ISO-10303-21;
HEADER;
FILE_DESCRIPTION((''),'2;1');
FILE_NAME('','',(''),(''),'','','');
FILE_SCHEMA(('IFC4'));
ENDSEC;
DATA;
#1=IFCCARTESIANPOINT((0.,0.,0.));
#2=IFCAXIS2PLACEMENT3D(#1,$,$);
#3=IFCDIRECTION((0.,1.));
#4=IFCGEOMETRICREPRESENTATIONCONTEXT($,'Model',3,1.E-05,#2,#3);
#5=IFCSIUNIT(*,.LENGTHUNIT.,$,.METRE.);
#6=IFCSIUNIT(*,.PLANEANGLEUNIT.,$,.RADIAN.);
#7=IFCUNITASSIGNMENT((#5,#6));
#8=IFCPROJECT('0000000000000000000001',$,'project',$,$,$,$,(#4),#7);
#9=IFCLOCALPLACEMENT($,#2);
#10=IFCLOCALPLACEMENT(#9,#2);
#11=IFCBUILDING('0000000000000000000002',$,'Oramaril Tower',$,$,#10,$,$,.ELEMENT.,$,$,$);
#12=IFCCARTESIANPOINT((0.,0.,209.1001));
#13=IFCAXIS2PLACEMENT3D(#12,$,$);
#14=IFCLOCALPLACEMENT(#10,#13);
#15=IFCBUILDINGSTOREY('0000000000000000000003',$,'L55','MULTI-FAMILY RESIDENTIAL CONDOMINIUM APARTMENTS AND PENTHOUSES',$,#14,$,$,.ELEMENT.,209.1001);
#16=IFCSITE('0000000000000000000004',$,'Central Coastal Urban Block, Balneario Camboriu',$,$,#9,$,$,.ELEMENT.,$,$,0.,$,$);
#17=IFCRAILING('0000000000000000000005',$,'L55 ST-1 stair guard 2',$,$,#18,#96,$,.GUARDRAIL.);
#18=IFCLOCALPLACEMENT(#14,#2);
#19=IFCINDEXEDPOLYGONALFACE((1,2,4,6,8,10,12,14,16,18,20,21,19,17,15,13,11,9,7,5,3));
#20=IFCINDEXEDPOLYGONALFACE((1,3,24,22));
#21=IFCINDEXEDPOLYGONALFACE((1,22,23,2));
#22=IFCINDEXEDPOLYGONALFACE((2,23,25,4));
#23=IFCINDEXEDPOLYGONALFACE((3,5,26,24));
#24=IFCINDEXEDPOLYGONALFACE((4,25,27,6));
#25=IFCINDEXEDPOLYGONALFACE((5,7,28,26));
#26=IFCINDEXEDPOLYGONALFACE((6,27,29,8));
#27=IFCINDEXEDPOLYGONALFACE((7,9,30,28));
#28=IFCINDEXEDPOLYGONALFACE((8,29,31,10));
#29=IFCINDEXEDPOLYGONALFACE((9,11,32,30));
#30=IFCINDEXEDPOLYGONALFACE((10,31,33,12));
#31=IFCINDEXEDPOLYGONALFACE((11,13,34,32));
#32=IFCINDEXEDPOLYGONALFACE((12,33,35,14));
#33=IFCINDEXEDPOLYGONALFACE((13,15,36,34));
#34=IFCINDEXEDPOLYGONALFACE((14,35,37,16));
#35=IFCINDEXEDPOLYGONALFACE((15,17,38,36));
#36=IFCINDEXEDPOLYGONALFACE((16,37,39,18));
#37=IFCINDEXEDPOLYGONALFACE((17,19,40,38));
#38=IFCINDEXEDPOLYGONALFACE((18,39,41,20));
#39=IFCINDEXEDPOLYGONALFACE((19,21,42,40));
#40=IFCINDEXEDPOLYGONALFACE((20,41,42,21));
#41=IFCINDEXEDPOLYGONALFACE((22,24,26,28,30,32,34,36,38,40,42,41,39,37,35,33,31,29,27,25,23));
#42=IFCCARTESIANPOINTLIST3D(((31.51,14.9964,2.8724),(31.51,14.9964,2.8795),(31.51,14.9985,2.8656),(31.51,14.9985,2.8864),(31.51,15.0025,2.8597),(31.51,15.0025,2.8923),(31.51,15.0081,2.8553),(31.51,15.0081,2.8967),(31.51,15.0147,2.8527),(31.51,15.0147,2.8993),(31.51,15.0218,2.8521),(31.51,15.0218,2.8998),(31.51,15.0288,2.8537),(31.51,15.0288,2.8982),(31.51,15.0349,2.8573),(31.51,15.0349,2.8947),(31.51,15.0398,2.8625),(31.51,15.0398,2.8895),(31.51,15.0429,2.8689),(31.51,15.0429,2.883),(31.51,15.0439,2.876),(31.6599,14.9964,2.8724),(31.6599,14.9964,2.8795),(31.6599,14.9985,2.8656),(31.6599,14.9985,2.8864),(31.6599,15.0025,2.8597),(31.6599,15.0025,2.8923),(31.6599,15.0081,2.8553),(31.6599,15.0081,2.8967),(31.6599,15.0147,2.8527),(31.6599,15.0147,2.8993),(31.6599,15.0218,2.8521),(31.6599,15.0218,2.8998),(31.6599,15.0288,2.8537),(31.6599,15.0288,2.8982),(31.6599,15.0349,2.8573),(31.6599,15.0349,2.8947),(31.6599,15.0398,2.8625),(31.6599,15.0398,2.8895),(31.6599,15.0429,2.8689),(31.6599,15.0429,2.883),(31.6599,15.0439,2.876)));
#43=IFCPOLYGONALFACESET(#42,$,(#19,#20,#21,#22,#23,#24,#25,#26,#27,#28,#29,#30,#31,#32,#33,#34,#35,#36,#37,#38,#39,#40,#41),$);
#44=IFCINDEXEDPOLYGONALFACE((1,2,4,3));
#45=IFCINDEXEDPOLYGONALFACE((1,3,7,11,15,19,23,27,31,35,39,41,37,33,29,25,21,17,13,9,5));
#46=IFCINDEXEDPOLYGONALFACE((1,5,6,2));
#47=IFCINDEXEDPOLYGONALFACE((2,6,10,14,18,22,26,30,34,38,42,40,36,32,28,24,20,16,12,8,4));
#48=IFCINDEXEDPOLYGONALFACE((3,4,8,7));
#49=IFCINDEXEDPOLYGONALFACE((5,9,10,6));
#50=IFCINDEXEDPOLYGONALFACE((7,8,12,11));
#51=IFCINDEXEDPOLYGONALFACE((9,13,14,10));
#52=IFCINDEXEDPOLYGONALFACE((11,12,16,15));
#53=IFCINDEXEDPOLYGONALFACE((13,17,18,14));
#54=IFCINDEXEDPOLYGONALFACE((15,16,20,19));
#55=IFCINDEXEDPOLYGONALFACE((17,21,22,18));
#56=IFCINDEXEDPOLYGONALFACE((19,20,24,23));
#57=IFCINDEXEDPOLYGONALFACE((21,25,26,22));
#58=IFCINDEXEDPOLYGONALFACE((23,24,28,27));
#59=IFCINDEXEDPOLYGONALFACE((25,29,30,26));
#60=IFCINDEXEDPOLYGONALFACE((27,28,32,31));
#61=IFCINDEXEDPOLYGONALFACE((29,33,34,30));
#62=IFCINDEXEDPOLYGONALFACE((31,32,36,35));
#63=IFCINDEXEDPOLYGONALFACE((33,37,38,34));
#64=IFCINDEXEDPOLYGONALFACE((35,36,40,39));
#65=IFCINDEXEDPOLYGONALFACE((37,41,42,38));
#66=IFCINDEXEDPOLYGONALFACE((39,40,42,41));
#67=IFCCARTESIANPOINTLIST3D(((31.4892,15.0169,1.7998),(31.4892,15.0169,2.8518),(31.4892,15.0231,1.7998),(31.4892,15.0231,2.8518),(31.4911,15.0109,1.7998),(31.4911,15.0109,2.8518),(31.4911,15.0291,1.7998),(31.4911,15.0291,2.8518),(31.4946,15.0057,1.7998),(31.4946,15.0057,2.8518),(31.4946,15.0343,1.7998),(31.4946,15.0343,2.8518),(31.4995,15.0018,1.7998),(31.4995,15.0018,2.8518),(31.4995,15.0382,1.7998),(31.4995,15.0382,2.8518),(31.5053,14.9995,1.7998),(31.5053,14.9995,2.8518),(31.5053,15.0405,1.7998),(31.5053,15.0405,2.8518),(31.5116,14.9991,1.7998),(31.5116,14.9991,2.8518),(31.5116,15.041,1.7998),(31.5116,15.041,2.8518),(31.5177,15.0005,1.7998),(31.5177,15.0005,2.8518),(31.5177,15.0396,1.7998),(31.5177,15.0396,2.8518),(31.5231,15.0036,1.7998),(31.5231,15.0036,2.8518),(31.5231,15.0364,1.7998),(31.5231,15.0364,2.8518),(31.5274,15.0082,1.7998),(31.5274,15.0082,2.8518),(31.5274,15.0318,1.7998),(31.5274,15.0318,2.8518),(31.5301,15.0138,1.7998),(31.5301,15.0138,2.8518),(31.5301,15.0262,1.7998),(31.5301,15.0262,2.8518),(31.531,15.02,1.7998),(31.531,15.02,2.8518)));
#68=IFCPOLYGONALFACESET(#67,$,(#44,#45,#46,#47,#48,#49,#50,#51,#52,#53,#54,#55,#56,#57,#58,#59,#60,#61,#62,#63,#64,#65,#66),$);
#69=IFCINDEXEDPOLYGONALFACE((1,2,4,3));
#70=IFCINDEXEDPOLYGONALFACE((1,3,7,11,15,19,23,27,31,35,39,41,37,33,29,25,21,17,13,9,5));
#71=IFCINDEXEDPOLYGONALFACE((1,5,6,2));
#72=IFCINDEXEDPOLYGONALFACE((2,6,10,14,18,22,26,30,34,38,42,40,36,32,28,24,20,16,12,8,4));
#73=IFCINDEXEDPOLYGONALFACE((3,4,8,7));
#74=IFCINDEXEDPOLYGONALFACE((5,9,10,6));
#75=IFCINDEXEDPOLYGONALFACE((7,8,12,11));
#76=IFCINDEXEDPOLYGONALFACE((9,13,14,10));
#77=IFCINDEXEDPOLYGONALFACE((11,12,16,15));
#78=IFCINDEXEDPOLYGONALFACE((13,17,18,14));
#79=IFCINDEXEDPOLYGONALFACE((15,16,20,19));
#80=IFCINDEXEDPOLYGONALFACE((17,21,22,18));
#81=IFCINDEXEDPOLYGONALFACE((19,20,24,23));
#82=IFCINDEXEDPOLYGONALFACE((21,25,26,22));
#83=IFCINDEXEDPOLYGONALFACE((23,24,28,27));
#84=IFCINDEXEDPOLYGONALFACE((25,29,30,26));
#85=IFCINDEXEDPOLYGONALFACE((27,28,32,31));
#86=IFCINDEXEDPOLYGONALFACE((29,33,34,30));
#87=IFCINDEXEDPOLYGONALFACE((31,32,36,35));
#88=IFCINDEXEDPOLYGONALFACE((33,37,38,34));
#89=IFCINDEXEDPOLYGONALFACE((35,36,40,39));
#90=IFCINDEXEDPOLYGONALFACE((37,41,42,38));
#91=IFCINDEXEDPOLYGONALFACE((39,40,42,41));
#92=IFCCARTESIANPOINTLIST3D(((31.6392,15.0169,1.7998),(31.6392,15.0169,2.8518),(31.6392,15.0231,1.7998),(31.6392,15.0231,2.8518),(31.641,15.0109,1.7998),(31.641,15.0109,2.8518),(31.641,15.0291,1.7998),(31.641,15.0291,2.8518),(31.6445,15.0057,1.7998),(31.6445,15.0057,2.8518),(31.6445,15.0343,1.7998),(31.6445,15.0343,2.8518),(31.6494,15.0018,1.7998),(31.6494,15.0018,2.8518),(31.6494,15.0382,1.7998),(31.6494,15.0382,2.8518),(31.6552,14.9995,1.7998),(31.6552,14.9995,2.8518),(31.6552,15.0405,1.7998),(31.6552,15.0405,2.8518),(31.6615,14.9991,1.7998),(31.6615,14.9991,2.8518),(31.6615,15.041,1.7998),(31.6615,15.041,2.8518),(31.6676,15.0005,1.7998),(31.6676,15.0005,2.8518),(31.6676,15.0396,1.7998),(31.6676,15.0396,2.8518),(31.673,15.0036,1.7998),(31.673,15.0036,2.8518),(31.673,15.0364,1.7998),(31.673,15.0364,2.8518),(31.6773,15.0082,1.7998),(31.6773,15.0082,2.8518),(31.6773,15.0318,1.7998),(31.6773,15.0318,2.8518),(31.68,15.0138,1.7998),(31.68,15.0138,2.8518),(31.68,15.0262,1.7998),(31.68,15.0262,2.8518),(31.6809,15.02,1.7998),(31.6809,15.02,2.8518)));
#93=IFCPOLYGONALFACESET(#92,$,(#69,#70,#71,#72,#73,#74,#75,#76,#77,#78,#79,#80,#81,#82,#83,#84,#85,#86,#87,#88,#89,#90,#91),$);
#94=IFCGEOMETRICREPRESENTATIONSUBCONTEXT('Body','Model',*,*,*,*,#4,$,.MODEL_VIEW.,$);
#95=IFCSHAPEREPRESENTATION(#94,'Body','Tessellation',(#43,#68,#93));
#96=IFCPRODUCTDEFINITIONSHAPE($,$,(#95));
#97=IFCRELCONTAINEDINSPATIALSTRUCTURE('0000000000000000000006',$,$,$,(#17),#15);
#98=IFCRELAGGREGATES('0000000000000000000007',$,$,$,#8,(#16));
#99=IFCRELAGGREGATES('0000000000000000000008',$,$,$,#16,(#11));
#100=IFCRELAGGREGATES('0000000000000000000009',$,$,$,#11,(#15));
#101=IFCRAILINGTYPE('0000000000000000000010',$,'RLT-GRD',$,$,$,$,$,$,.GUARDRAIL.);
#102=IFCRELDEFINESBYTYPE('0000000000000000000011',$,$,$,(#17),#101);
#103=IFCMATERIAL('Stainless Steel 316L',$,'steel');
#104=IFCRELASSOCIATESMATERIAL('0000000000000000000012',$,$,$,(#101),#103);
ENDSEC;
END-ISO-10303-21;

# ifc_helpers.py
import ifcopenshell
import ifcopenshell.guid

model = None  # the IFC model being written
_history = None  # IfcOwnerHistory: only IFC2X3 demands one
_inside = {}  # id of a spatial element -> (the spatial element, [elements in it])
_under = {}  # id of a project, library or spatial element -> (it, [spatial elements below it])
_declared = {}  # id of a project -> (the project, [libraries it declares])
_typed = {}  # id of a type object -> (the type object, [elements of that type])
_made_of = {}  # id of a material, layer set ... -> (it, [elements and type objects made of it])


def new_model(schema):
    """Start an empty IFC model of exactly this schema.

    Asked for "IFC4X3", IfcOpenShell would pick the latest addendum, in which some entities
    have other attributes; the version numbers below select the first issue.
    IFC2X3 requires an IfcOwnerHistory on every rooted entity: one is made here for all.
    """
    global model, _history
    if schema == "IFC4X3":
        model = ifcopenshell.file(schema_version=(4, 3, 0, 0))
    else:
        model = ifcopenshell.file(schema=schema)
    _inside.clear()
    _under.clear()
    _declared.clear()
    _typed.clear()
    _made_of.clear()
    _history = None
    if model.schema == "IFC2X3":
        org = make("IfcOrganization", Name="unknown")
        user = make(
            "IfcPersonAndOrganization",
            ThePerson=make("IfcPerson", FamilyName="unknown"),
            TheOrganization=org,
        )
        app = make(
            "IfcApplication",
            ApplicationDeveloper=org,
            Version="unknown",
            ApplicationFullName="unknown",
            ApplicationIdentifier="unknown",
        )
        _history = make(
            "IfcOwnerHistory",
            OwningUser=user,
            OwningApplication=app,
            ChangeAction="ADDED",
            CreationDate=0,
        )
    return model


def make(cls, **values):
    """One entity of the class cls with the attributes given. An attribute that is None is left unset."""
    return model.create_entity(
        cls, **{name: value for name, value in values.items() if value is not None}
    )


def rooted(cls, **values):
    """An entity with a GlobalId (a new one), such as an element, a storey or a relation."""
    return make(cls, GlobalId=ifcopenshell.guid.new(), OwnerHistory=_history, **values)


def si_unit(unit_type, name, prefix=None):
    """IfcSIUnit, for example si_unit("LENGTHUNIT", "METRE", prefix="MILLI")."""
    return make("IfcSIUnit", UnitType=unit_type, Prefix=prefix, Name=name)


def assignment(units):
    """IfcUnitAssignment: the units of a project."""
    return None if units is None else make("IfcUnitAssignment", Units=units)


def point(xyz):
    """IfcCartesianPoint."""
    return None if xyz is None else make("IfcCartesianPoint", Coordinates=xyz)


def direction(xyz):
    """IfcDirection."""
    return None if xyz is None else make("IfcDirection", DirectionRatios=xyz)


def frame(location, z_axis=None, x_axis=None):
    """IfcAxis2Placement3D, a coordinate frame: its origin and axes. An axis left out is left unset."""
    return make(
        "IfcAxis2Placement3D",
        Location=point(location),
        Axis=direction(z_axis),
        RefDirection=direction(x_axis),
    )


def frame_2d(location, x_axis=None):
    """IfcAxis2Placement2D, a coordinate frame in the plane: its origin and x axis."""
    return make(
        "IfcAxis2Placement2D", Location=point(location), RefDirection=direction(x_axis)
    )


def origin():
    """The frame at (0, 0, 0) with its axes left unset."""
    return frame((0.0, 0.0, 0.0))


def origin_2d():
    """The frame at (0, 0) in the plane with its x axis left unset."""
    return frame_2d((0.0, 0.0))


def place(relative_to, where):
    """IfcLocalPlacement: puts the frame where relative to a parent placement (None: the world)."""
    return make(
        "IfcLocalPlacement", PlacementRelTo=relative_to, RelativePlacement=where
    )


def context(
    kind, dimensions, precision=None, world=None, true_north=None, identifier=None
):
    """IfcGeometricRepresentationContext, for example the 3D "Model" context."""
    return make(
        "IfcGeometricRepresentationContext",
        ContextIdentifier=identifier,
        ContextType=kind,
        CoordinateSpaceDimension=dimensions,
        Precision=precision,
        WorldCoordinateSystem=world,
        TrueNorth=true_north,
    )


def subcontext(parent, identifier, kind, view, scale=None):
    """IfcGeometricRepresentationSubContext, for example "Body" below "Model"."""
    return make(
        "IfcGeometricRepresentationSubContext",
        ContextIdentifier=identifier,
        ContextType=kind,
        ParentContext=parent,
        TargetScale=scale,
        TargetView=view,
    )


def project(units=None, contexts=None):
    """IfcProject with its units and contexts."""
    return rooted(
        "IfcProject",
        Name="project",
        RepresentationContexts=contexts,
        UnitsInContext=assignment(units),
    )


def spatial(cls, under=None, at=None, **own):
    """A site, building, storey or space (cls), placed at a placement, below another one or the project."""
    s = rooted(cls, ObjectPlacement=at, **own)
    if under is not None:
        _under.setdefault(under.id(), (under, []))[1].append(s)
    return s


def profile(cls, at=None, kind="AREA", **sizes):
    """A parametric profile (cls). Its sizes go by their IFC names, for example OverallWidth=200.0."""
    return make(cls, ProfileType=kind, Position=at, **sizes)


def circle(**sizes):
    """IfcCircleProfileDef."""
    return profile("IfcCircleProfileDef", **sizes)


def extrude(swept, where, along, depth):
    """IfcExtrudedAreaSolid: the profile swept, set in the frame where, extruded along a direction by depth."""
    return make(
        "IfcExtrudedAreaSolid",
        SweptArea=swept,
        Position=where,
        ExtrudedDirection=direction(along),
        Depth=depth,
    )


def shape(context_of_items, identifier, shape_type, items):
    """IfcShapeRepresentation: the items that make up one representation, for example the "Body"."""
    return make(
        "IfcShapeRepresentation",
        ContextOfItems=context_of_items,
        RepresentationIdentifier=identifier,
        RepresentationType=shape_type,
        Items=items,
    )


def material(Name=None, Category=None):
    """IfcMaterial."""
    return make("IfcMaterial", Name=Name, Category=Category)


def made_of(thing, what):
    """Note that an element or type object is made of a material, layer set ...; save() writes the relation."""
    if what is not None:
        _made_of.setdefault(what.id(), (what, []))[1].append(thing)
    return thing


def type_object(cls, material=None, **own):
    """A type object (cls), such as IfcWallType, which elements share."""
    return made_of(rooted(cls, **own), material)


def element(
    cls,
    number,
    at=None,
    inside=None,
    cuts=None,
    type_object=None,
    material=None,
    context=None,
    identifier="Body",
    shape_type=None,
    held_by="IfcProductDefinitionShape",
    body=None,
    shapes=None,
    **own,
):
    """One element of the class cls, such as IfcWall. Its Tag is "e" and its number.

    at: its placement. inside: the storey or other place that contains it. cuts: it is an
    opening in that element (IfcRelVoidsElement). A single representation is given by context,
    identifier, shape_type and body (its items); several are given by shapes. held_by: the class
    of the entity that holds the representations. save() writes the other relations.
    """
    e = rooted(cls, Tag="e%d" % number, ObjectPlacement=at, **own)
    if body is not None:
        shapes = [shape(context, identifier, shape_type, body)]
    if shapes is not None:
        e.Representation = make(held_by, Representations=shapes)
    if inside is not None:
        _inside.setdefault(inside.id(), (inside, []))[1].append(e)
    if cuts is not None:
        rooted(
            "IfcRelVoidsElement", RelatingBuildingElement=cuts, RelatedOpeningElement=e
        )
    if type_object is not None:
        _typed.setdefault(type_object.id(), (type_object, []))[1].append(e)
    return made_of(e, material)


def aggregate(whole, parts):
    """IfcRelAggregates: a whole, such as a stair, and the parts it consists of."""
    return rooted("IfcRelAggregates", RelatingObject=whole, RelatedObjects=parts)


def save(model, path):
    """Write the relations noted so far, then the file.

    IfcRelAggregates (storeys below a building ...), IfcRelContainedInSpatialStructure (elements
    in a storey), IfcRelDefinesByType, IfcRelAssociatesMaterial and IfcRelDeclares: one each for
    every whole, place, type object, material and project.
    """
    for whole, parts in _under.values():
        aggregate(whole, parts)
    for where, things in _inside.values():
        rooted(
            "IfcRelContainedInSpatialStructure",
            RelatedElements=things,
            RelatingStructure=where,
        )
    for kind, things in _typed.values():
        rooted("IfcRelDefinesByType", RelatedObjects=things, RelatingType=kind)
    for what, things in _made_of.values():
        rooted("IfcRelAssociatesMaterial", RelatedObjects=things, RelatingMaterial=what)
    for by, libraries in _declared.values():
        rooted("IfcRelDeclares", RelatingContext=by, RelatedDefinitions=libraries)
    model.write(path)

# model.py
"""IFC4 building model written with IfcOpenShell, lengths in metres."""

from ifc_helpers import new_model, si_unit, direction, frame, origin, origin_2d, place, context, subcontext, project, spatial, circle, extrude, material, type_object, element, save


model = new_model("IFC4")

# Units and contexts
model_context = context("Model", 3, precision=1e-05, world=origin(), true_north=direction((0.0, 1.0)))
body_context = subcontext(model_context, "Body", "Model", "MODEL_VIEW")
ifc_project = project(units=[si_unit("LENGTHUNIT", "METRE"), si_unit("PLANEANGLEUNIT", "RADIAN")], contexts=[model_context])

# Site, building, storey
site_placement = place(None, origin())
site = spatial("IfcSite", under=ifc_project, at=site_placement, Name="Central Coastal Urban Block, Balneario Camboriu", CompositionType="ELEMENT", RefElevation=0.0)
building_placement = place(site_placement, origin())
building = spatial("IfcBuilding", under=site, at=building_placement, Name="Oramaril Tower", CompositionType="ELEMENT")
storey_placement = place(building_placement, frame((0.0, 0.0, 209.1001)))
storey = spatial("IfcBuildingStorey", under=building, at=storey_placement, Name="L55", Description="MULTI-FAMILY RESIDENTIAL CONDOMINIUM APARTMENTS AND PENTHOUSES", CompositionType="ELEMENT", Elevation=209.1001)

# Railing
ifc_material_1 = material(Name="Stainless Steel 316L", Category="steel")
railing_type_1 = type_object("IfcRailingType", Name="RLT-GRD", PredefinedType="GUARDRAIL", material=ifc_material_1)
railing_1_placement = place(storey_placement, frame((31.51, 15.02, 1.7998)))
element("IfcRailing", 1, at=railing_1_placement, inside=storey, type_object=railing_type_1, Name="L55 ST-1 stair guard 2", PredefinedType="GUARDRAIL", context=body_context, shape_type="SweptSolid", body=[
    extrude(circle(Radius=0.0239, at=origin_2d()), frame((0.0, 0.0, 1.0762), z_axis=(1.0, 0.0, 0.0), x_axis=(0.0, 1.0, 0.0)), (0.0, 0.0, 1.0), 0.1499),
    extrude(circle(Radius=0.021, at=origin_2d()), origin(), (0.0, 0.0, 1.0), 1.052),
    extrude(circle(Radius=0.021, at=origin_2d()), frame((0.1499, 0.0, 0.0)), (0.0, 0.0, 1.0), 1.052),
])

save(model, "model.ifc")
